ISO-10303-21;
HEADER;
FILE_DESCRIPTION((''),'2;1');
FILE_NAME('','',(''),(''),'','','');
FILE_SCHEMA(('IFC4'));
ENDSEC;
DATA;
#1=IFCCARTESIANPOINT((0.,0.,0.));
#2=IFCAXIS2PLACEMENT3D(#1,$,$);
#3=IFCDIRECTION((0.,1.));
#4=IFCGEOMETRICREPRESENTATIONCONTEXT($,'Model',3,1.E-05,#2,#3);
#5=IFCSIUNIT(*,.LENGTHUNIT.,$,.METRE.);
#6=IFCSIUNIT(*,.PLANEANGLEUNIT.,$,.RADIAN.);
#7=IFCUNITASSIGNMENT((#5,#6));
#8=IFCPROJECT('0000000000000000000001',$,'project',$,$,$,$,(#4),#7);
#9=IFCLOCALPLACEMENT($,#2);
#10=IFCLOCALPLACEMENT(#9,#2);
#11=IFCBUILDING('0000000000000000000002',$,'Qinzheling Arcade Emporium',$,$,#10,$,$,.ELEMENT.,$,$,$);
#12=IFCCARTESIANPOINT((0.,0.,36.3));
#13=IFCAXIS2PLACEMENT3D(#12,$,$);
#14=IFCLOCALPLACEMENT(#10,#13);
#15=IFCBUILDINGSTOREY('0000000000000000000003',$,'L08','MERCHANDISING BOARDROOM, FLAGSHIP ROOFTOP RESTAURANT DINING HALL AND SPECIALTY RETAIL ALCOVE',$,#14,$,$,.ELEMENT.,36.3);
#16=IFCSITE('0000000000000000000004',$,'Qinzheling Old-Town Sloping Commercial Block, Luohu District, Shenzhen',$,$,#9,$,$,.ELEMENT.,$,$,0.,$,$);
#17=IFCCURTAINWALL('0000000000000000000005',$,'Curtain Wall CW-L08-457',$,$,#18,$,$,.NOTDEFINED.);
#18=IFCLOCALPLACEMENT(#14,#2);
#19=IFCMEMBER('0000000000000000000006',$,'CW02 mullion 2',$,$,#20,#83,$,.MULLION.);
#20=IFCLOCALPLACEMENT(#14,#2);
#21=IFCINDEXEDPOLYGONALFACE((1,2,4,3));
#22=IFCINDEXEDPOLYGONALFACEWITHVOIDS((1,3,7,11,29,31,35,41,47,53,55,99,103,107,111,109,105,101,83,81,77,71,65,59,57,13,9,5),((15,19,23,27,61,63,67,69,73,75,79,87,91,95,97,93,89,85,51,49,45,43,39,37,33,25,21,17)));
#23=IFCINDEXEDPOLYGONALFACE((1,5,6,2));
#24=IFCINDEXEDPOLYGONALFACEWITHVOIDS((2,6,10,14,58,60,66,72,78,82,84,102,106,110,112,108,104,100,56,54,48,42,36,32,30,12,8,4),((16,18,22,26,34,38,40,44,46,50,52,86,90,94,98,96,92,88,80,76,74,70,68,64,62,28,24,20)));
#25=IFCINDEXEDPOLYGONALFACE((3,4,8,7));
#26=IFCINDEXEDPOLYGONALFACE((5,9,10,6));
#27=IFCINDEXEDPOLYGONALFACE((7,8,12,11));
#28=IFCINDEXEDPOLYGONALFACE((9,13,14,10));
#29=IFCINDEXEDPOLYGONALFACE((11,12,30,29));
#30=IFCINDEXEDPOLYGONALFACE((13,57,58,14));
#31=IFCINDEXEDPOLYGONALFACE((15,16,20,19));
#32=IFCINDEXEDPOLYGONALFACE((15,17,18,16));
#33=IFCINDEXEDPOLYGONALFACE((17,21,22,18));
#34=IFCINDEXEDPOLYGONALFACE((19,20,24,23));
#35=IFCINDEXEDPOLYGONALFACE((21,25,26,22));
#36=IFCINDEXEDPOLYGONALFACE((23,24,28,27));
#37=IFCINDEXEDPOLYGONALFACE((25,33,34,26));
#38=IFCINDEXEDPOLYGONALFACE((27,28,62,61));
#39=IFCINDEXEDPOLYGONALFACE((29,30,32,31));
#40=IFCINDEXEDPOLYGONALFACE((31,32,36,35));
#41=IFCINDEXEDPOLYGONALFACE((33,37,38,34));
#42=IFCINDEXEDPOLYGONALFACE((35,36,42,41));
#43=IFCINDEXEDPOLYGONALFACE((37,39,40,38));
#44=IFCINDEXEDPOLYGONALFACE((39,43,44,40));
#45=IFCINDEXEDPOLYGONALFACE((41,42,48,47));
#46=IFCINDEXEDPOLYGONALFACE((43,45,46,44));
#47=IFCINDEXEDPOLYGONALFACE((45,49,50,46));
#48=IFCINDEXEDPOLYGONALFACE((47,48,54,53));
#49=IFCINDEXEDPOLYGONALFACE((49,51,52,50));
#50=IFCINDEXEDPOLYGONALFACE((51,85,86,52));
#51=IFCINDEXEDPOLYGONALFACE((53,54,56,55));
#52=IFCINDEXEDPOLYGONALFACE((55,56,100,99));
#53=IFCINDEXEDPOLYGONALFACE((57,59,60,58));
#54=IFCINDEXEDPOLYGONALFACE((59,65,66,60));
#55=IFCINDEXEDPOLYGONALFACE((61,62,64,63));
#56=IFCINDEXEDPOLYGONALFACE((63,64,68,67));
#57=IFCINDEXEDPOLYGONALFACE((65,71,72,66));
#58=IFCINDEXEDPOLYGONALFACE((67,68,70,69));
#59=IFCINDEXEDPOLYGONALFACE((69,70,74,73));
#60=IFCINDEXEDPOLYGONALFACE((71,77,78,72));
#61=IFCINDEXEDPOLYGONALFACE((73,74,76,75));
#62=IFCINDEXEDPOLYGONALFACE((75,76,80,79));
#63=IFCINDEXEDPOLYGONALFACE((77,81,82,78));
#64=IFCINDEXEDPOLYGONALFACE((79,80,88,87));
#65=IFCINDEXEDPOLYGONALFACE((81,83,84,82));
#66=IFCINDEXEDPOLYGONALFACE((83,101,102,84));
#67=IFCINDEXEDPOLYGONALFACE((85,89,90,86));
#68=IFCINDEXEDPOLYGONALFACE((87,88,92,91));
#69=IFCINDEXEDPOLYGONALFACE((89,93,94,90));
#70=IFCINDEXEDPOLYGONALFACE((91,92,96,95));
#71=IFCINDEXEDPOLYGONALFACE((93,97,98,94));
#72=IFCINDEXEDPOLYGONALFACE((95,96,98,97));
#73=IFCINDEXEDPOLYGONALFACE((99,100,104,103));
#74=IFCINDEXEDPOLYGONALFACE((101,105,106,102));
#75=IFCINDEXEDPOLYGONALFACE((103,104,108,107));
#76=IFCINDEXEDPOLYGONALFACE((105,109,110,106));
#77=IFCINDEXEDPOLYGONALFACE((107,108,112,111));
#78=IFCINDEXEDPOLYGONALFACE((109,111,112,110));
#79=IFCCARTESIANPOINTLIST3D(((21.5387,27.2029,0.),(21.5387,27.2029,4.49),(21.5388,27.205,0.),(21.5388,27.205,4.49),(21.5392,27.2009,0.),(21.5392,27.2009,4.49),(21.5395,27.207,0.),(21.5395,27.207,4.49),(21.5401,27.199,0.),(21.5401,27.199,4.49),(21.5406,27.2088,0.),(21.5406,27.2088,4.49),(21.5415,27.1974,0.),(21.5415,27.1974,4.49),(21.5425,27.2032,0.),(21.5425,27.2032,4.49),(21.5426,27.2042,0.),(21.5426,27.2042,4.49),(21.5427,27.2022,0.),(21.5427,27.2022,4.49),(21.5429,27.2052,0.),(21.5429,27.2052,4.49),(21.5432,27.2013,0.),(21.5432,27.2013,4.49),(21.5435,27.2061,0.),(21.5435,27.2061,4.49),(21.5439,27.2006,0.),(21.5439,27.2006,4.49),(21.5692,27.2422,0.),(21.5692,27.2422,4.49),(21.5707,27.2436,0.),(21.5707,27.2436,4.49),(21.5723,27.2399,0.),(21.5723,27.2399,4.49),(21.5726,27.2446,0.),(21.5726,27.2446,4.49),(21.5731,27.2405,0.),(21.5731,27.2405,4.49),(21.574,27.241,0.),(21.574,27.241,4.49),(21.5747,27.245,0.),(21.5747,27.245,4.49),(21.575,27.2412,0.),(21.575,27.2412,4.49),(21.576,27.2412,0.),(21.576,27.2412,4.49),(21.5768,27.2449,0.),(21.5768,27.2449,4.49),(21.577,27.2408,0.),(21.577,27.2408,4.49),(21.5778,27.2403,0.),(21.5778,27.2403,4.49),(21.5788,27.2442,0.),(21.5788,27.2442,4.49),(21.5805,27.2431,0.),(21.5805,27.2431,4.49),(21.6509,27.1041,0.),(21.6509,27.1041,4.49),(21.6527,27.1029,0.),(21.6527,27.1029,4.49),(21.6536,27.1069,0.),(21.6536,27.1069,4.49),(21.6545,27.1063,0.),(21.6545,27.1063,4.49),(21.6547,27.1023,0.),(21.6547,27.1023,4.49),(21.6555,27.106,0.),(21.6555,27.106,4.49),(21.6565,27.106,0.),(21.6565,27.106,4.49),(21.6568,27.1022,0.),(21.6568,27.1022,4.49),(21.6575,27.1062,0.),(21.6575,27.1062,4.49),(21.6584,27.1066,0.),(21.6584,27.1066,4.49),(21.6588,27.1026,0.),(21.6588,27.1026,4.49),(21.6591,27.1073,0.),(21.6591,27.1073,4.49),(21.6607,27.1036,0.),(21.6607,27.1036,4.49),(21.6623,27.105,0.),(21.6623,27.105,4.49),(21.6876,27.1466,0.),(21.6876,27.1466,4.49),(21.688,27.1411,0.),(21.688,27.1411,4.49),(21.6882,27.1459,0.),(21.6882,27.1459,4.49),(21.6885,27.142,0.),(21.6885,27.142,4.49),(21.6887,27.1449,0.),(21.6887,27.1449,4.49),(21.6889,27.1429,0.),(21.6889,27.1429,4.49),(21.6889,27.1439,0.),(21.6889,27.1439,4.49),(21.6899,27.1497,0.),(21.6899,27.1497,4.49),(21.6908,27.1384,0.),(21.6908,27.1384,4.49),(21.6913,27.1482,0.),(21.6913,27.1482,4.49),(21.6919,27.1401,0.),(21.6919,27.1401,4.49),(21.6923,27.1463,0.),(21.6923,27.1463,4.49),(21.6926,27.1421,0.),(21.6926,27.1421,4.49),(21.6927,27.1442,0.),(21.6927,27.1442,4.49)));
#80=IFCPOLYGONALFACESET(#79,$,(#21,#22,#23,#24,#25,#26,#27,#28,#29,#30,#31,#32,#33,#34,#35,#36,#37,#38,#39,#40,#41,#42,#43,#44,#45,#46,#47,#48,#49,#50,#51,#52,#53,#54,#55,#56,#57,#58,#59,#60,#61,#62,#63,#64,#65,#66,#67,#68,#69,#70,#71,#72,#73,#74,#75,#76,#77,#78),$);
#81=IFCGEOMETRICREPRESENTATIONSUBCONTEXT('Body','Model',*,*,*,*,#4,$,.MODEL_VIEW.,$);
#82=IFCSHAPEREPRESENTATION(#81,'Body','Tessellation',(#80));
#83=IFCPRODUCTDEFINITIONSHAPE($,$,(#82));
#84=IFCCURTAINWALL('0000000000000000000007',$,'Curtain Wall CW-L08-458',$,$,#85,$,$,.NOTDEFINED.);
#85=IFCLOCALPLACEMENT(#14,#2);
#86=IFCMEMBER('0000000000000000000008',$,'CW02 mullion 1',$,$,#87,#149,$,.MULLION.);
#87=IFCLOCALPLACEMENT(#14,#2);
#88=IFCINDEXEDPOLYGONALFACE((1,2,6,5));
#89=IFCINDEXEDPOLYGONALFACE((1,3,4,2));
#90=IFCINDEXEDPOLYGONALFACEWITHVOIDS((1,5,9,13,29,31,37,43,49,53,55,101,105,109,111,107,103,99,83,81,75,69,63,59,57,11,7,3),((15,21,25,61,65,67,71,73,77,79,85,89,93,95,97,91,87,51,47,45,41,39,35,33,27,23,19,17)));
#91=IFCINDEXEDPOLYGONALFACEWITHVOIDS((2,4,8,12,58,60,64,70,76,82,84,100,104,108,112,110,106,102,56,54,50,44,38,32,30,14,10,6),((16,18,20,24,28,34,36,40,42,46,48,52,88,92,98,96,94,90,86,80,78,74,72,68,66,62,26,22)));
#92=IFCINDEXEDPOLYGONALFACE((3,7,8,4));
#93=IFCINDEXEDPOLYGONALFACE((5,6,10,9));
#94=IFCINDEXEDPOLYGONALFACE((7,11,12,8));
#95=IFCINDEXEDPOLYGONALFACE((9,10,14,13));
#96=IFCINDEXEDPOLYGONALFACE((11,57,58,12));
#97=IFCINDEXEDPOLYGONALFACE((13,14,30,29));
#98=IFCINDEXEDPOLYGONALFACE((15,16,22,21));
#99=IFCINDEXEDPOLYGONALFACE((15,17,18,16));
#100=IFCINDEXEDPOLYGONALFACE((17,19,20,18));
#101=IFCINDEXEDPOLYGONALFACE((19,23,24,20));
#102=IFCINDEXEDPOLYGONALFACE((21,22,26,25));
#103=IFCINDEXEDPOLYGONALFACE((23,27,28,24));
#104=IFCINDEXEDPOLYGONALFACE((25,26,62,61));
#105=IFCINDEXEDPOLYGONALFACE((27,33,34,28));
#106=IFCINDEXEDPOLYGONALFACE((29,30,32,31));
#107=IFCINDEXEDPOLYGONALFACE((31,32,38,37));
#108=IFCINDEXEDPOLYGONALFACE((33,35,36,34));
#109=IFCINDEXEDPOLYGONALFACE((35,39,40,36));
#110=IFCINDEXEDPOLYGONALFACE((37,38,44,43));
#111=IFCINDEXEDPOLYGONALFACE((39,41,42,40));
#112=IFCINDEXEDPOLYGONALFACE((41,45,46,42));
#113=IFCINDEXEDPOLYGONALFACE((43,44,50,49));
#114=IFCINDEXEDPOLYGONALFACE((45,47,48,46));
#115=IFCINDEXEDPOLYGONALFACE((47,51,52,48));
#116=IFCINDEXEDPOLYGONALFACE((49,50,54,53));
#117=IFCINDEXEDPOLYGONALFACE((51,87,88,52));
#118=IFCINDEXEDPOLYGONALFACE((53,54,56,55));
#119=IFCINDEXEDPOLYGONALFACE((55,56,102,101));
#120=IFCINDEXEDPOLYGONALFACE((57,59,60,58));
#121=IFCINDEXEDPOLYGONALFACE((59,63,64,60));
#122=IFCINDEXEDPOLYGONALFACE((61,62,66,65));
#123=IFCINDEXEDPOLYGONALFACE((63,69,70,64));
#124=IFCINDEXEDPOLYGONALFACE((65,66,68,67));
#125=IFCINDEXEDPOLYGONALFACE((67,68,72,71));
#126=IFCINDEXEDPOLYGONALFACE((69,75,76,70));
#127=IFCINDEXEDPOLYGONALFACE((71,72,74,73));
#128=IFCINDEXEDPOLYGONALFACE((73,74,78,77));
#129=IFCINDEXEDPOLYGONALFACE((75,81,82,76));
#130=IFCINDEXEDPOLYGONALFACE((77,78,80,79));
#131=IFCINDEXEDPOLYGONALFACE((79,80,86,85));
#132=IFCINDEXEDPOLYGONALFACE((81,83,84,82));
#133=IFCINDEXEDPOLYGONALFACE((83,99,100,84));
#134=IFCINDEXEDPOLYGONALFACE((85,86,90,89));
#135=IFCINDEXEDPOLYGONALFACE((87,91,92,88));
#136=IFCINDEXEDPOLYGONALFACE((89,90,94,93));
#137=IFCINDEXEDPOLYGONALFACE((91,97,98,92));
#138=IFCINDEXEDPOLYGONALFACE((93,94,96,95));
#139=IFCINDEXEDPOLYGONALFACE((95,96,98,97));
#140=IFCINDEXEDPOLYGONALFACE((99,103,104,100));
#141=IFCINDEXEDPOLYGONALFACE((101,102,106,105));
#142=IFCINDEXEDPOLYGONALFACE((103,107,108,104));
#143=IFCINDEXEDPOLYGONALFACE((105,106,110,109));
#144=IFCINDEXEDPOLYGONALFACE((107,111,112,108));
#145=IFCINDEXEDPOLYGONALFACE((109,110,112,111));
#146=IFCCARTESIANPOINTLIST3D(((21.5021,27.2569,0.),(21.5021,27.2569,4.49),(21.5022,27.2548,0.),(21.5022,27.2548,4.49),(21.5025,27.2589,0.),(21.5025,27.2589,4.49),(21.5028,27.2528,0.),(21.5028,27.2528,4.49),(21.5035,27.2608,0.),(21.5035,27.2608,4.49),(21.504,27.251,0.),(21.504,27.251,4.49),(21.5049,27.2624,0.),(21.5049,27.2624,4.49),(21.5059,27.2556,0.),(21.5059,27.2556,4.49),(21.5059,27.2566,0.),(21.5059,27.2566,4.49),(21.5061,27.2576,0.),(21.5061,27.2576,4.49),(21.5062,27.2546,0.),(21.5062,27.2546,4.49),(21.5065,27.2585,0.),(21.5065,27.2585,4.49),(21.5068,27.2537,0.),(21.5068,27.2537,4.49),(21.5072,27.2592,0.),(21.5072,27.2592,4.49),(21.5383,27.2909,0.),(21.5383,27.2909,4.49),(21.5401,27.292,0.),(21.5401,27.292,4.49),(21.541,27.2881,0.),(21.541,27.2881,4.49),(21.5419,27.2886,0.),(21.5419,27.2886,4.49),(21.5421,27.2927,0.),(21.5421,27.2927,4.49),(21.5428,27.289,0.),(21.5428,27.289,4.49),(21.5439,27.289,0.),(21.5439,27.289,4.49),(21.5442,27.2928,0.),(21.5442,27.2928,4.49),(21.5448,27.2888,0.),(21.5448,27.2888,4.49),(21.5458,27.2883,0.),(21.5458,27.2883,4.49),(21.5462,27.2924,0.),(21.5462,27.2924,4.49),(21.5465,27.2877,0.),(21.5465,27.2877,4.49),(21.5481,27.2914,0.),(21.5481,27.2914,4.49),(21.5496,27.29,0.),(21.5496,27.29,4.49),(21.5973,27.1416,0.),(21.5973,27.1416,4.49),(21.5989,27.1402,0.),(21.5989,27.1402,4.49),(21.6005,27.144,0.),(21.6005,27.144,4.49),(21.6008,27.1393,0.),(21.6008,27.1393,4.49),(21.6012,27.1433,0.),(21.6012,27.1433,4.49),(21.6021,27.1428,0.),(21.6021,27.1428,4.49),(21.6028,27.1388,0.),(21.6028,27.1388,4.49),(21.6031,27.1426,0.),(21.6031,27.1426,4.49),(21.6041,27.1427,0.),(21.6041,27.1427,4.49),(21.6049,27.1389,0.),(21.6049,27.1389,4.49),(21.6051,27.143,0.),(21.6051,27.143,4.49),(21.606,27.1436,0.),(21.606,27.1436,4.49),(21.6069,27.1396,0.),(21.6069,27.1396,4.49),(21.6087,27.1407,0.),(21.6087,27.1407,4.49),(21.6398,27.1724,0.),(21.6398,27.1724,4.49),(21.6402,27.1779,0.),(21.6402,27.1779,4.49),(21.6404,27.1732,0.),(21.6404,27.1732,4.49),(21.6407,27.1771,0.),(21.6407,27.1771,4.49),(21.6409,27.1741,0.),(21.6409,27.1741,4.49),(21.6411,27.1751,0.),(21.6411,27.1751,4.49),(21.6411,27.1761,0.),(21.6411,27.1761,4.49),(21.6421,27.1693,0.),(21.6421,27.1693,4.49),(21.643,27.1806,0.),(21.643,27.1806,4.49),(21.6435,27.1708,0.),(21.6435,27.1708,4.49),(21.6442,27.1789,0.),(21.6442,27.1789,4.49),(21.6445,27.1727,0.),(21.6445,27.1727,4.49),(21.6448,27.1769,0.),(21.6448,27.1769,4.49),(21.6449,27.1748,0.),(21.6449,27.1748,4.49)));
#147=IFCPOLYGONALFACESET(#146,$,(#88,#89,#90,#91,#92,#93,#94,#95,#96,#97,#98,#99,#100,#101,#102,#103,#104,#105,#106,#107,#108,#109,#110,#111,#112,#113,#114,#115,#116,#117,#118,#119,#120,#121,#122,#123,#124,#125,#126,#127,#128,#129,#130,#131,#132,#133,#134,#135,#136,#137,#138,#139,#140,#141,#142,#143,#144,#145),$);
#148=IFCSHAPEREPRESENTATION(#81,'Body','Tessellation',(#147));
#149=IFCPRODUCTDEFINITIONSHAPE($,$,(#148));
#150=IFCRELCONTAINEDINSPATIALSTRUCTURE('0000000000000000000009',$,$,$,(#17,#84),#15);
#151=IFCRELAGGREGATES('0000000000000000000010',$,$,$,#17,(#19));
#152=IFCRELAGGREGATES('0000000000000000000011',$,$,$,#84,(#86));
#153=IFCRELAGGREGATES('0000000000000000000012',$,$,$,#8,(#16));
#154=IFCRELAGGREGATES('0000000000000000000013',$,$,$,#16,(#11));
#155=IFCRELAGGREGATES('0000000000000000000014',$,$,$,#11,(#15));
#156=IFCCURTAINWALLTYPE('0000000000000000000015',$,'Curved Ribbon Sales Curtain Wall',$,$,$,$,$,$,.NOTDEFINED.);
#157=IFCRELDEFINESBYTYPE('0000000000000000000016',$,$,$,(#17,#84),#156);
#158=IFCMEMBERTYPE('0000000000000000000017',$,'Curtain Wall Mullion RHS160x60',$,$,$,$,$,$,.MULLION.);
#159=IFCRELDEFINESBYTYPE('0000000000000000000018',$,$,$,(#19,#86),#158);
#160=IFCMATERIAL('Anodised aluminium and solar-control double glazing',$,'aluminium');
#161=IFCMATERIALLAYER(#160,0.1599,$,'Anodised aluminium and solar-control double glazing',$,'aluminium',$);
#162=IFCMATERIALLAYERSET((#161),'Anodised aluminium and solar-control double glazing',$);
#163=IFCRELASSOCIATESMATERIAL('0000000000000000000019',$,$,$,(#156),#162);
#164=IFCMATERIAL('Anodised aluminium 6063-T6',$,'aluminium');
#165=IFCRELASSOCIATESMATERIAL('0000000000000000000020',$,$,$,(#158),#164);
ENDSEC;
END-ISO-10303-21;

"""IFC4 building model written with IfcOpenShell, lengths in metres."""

from ifc_helpers import new_model, si_unit, direction, frame, origin, origin_2d, place, context, subcontext, project, spatial, hollow_rectangle, extrude, material, layer, layer_set, material_profile, profile_set, type_object, element, aggregate, save


model = new_model("IFC4")

# Units and contexts
model_context = context("Model", 3, precision=1e-05, world=origin(), true_north=direction((0.0, 1.0)))
body_context = subcontext(model_context, "Body", "Model", "MODEL_VIEW")
ifc_project = project(units=[si_unit("LENGTHUNIT", "METRE"), si_unit("PLANEANGLEUNIT", "RADIAN")], contexts=[model_context])

# Site, building, storey
site_placement = place(None, origin())
site = spatial("IfcSite", under=ifc_project, at=site_placement, Name="Qinzheling Old-Town Sloping Commercial Block, Luohu District, Shenzhen", CompositionType="ELEMENT", RefElevation=0.0)
building_placement = place(site_placement, origin())
building = spatial("IfcBuilding", under=site, at=building_placement, Name="Qinzheling Arcade Emporium", CompositionType="ELEMENT")
storey_placement = place(building_placement, frame((0.0, 0.0, 36.3)))
storey = spatial("IfcBuildingStorey", under=building, at=storey_placement, Name="L08", Description="MERCHANDISING BOARDROOM, FLAGSHIP ROOFTOP RESTAURANT DINING HALL AND SPECIALTY RETAIL ALCOVE", CompositionType="ELEMENT", Elevation=36.3)

# Curtain wall, member
ifc_material_1 = material(Name="Anodised aluminium and solar-control double glazing", Category="aluminium")
ifc_layer_1 = layer(ifc_material_1, 0.1599, Name="Anodised aluminium and solar-control double glazing", Category="aluminium")
ifc_layer_set_1 = layer_set([ifc_layer_1], Name="Anodised aluminium and solar-control double glazing")
curtain_wall_type_1 = type_object("IfcCurtainWallType", Name="Curved Ribbon Sales Curtain Wall", PredefinedType="NOTDEFINED", material=ifc_layer_set_1)
curtain_wall_1_placement = place(storey_placement, origin())
curtain_wall_1 = element("IfcCurtainWall", 1, at=curtain_wall_1_placement, inside=storey, type_object=curtain_wall_type_1, Name="Curtain Wall CW-L08-457", PredefinedType="NOTDEFINED")
ifc_material_2 = material(Name="Anodised aluminium 6063-T6", Category="aluminium")
ifc_material_profile_1 = material_profile(ifc_material_2, hollow_rectangle(XDim=0.0601, YDim=0.1599, WallThickness=0.0039, InnerFilletRadius=0.0039, OuterFilletRadius=0.0081, at=origin_2d()), Name="RHS 160x60x4", Category="aluminium")
ifc_profile_set_1 = profile_set([ifc_material_profile_1], Name="Anodised aluminium 6063-T6")
member_type_1 = type_object("IfcMemberType", Name="Curtain Wall Mullion RHS160x60", PredefinedType="MULLION", material=ifc_profile_set_1)
member_1_placement = place(storey_placement, frame((21.6157, 27.1736, 0.0), z_axis=(0.0, 0.0, 1.0), x_axis=(-0.64925, -0.760575, 0.0)))
member_1 = element("IfcMember", 2, at=member_1_placement, type_object=member_type_1, Name="CW02 mullion 2", PredefinedType="MULLION", context=body_context, shape_type="SweptSolid", body=[
    extrude(hollow_rectangle(XDim=0.0601, YDim=0.1599, WallThickness=0.0039, InnerFilletRadius=0.0039, OuterFilletRadius=0.0081, at=origin_2d()), origin(), (0.0, 0.0, 1.0), 4.49),
])

# Curtain wall, member
curtain_wall_2_placement = place(storey_placement, origin())
curtain_wall_2 = element("IfcCurtainWall", 3, at=curtain_wall_2_placement, inside=storey, type_object=curtain_wall_type_1, Name="Curtain Wall CW-L08-458", PredefinedType="NOTDEFINED")
member_2_placement = place(storey_placement, frame((21.5735, 27.2158, 0.0), z_axis=(0.0, 0.0, 1.0), x_axis=(-0.760575, -0.64925, 0.0)))
member_2 = element("IfcMember", 4, at=member_2_placement, type_object=member_type_1, Name="CW02 mullion 1", PredefinedType="MULLION", context=body_context, shape_type="SweptSolid", body=[
    extrude(hollow_rectangle(XDim=0.0601, YDim=0.1599, WallThickness=0.0039, InnerFilletRadius=0.0039, OuterFilletRadius=0.0081, at=origin_2d()), origin(), (0.0, 0.0, 1.0), 4.49),
])

aggregate(curtain_wall_1, [member_1])
aggregate(curtain_wall_2, [member_2])

save(model, "model.ifc")
